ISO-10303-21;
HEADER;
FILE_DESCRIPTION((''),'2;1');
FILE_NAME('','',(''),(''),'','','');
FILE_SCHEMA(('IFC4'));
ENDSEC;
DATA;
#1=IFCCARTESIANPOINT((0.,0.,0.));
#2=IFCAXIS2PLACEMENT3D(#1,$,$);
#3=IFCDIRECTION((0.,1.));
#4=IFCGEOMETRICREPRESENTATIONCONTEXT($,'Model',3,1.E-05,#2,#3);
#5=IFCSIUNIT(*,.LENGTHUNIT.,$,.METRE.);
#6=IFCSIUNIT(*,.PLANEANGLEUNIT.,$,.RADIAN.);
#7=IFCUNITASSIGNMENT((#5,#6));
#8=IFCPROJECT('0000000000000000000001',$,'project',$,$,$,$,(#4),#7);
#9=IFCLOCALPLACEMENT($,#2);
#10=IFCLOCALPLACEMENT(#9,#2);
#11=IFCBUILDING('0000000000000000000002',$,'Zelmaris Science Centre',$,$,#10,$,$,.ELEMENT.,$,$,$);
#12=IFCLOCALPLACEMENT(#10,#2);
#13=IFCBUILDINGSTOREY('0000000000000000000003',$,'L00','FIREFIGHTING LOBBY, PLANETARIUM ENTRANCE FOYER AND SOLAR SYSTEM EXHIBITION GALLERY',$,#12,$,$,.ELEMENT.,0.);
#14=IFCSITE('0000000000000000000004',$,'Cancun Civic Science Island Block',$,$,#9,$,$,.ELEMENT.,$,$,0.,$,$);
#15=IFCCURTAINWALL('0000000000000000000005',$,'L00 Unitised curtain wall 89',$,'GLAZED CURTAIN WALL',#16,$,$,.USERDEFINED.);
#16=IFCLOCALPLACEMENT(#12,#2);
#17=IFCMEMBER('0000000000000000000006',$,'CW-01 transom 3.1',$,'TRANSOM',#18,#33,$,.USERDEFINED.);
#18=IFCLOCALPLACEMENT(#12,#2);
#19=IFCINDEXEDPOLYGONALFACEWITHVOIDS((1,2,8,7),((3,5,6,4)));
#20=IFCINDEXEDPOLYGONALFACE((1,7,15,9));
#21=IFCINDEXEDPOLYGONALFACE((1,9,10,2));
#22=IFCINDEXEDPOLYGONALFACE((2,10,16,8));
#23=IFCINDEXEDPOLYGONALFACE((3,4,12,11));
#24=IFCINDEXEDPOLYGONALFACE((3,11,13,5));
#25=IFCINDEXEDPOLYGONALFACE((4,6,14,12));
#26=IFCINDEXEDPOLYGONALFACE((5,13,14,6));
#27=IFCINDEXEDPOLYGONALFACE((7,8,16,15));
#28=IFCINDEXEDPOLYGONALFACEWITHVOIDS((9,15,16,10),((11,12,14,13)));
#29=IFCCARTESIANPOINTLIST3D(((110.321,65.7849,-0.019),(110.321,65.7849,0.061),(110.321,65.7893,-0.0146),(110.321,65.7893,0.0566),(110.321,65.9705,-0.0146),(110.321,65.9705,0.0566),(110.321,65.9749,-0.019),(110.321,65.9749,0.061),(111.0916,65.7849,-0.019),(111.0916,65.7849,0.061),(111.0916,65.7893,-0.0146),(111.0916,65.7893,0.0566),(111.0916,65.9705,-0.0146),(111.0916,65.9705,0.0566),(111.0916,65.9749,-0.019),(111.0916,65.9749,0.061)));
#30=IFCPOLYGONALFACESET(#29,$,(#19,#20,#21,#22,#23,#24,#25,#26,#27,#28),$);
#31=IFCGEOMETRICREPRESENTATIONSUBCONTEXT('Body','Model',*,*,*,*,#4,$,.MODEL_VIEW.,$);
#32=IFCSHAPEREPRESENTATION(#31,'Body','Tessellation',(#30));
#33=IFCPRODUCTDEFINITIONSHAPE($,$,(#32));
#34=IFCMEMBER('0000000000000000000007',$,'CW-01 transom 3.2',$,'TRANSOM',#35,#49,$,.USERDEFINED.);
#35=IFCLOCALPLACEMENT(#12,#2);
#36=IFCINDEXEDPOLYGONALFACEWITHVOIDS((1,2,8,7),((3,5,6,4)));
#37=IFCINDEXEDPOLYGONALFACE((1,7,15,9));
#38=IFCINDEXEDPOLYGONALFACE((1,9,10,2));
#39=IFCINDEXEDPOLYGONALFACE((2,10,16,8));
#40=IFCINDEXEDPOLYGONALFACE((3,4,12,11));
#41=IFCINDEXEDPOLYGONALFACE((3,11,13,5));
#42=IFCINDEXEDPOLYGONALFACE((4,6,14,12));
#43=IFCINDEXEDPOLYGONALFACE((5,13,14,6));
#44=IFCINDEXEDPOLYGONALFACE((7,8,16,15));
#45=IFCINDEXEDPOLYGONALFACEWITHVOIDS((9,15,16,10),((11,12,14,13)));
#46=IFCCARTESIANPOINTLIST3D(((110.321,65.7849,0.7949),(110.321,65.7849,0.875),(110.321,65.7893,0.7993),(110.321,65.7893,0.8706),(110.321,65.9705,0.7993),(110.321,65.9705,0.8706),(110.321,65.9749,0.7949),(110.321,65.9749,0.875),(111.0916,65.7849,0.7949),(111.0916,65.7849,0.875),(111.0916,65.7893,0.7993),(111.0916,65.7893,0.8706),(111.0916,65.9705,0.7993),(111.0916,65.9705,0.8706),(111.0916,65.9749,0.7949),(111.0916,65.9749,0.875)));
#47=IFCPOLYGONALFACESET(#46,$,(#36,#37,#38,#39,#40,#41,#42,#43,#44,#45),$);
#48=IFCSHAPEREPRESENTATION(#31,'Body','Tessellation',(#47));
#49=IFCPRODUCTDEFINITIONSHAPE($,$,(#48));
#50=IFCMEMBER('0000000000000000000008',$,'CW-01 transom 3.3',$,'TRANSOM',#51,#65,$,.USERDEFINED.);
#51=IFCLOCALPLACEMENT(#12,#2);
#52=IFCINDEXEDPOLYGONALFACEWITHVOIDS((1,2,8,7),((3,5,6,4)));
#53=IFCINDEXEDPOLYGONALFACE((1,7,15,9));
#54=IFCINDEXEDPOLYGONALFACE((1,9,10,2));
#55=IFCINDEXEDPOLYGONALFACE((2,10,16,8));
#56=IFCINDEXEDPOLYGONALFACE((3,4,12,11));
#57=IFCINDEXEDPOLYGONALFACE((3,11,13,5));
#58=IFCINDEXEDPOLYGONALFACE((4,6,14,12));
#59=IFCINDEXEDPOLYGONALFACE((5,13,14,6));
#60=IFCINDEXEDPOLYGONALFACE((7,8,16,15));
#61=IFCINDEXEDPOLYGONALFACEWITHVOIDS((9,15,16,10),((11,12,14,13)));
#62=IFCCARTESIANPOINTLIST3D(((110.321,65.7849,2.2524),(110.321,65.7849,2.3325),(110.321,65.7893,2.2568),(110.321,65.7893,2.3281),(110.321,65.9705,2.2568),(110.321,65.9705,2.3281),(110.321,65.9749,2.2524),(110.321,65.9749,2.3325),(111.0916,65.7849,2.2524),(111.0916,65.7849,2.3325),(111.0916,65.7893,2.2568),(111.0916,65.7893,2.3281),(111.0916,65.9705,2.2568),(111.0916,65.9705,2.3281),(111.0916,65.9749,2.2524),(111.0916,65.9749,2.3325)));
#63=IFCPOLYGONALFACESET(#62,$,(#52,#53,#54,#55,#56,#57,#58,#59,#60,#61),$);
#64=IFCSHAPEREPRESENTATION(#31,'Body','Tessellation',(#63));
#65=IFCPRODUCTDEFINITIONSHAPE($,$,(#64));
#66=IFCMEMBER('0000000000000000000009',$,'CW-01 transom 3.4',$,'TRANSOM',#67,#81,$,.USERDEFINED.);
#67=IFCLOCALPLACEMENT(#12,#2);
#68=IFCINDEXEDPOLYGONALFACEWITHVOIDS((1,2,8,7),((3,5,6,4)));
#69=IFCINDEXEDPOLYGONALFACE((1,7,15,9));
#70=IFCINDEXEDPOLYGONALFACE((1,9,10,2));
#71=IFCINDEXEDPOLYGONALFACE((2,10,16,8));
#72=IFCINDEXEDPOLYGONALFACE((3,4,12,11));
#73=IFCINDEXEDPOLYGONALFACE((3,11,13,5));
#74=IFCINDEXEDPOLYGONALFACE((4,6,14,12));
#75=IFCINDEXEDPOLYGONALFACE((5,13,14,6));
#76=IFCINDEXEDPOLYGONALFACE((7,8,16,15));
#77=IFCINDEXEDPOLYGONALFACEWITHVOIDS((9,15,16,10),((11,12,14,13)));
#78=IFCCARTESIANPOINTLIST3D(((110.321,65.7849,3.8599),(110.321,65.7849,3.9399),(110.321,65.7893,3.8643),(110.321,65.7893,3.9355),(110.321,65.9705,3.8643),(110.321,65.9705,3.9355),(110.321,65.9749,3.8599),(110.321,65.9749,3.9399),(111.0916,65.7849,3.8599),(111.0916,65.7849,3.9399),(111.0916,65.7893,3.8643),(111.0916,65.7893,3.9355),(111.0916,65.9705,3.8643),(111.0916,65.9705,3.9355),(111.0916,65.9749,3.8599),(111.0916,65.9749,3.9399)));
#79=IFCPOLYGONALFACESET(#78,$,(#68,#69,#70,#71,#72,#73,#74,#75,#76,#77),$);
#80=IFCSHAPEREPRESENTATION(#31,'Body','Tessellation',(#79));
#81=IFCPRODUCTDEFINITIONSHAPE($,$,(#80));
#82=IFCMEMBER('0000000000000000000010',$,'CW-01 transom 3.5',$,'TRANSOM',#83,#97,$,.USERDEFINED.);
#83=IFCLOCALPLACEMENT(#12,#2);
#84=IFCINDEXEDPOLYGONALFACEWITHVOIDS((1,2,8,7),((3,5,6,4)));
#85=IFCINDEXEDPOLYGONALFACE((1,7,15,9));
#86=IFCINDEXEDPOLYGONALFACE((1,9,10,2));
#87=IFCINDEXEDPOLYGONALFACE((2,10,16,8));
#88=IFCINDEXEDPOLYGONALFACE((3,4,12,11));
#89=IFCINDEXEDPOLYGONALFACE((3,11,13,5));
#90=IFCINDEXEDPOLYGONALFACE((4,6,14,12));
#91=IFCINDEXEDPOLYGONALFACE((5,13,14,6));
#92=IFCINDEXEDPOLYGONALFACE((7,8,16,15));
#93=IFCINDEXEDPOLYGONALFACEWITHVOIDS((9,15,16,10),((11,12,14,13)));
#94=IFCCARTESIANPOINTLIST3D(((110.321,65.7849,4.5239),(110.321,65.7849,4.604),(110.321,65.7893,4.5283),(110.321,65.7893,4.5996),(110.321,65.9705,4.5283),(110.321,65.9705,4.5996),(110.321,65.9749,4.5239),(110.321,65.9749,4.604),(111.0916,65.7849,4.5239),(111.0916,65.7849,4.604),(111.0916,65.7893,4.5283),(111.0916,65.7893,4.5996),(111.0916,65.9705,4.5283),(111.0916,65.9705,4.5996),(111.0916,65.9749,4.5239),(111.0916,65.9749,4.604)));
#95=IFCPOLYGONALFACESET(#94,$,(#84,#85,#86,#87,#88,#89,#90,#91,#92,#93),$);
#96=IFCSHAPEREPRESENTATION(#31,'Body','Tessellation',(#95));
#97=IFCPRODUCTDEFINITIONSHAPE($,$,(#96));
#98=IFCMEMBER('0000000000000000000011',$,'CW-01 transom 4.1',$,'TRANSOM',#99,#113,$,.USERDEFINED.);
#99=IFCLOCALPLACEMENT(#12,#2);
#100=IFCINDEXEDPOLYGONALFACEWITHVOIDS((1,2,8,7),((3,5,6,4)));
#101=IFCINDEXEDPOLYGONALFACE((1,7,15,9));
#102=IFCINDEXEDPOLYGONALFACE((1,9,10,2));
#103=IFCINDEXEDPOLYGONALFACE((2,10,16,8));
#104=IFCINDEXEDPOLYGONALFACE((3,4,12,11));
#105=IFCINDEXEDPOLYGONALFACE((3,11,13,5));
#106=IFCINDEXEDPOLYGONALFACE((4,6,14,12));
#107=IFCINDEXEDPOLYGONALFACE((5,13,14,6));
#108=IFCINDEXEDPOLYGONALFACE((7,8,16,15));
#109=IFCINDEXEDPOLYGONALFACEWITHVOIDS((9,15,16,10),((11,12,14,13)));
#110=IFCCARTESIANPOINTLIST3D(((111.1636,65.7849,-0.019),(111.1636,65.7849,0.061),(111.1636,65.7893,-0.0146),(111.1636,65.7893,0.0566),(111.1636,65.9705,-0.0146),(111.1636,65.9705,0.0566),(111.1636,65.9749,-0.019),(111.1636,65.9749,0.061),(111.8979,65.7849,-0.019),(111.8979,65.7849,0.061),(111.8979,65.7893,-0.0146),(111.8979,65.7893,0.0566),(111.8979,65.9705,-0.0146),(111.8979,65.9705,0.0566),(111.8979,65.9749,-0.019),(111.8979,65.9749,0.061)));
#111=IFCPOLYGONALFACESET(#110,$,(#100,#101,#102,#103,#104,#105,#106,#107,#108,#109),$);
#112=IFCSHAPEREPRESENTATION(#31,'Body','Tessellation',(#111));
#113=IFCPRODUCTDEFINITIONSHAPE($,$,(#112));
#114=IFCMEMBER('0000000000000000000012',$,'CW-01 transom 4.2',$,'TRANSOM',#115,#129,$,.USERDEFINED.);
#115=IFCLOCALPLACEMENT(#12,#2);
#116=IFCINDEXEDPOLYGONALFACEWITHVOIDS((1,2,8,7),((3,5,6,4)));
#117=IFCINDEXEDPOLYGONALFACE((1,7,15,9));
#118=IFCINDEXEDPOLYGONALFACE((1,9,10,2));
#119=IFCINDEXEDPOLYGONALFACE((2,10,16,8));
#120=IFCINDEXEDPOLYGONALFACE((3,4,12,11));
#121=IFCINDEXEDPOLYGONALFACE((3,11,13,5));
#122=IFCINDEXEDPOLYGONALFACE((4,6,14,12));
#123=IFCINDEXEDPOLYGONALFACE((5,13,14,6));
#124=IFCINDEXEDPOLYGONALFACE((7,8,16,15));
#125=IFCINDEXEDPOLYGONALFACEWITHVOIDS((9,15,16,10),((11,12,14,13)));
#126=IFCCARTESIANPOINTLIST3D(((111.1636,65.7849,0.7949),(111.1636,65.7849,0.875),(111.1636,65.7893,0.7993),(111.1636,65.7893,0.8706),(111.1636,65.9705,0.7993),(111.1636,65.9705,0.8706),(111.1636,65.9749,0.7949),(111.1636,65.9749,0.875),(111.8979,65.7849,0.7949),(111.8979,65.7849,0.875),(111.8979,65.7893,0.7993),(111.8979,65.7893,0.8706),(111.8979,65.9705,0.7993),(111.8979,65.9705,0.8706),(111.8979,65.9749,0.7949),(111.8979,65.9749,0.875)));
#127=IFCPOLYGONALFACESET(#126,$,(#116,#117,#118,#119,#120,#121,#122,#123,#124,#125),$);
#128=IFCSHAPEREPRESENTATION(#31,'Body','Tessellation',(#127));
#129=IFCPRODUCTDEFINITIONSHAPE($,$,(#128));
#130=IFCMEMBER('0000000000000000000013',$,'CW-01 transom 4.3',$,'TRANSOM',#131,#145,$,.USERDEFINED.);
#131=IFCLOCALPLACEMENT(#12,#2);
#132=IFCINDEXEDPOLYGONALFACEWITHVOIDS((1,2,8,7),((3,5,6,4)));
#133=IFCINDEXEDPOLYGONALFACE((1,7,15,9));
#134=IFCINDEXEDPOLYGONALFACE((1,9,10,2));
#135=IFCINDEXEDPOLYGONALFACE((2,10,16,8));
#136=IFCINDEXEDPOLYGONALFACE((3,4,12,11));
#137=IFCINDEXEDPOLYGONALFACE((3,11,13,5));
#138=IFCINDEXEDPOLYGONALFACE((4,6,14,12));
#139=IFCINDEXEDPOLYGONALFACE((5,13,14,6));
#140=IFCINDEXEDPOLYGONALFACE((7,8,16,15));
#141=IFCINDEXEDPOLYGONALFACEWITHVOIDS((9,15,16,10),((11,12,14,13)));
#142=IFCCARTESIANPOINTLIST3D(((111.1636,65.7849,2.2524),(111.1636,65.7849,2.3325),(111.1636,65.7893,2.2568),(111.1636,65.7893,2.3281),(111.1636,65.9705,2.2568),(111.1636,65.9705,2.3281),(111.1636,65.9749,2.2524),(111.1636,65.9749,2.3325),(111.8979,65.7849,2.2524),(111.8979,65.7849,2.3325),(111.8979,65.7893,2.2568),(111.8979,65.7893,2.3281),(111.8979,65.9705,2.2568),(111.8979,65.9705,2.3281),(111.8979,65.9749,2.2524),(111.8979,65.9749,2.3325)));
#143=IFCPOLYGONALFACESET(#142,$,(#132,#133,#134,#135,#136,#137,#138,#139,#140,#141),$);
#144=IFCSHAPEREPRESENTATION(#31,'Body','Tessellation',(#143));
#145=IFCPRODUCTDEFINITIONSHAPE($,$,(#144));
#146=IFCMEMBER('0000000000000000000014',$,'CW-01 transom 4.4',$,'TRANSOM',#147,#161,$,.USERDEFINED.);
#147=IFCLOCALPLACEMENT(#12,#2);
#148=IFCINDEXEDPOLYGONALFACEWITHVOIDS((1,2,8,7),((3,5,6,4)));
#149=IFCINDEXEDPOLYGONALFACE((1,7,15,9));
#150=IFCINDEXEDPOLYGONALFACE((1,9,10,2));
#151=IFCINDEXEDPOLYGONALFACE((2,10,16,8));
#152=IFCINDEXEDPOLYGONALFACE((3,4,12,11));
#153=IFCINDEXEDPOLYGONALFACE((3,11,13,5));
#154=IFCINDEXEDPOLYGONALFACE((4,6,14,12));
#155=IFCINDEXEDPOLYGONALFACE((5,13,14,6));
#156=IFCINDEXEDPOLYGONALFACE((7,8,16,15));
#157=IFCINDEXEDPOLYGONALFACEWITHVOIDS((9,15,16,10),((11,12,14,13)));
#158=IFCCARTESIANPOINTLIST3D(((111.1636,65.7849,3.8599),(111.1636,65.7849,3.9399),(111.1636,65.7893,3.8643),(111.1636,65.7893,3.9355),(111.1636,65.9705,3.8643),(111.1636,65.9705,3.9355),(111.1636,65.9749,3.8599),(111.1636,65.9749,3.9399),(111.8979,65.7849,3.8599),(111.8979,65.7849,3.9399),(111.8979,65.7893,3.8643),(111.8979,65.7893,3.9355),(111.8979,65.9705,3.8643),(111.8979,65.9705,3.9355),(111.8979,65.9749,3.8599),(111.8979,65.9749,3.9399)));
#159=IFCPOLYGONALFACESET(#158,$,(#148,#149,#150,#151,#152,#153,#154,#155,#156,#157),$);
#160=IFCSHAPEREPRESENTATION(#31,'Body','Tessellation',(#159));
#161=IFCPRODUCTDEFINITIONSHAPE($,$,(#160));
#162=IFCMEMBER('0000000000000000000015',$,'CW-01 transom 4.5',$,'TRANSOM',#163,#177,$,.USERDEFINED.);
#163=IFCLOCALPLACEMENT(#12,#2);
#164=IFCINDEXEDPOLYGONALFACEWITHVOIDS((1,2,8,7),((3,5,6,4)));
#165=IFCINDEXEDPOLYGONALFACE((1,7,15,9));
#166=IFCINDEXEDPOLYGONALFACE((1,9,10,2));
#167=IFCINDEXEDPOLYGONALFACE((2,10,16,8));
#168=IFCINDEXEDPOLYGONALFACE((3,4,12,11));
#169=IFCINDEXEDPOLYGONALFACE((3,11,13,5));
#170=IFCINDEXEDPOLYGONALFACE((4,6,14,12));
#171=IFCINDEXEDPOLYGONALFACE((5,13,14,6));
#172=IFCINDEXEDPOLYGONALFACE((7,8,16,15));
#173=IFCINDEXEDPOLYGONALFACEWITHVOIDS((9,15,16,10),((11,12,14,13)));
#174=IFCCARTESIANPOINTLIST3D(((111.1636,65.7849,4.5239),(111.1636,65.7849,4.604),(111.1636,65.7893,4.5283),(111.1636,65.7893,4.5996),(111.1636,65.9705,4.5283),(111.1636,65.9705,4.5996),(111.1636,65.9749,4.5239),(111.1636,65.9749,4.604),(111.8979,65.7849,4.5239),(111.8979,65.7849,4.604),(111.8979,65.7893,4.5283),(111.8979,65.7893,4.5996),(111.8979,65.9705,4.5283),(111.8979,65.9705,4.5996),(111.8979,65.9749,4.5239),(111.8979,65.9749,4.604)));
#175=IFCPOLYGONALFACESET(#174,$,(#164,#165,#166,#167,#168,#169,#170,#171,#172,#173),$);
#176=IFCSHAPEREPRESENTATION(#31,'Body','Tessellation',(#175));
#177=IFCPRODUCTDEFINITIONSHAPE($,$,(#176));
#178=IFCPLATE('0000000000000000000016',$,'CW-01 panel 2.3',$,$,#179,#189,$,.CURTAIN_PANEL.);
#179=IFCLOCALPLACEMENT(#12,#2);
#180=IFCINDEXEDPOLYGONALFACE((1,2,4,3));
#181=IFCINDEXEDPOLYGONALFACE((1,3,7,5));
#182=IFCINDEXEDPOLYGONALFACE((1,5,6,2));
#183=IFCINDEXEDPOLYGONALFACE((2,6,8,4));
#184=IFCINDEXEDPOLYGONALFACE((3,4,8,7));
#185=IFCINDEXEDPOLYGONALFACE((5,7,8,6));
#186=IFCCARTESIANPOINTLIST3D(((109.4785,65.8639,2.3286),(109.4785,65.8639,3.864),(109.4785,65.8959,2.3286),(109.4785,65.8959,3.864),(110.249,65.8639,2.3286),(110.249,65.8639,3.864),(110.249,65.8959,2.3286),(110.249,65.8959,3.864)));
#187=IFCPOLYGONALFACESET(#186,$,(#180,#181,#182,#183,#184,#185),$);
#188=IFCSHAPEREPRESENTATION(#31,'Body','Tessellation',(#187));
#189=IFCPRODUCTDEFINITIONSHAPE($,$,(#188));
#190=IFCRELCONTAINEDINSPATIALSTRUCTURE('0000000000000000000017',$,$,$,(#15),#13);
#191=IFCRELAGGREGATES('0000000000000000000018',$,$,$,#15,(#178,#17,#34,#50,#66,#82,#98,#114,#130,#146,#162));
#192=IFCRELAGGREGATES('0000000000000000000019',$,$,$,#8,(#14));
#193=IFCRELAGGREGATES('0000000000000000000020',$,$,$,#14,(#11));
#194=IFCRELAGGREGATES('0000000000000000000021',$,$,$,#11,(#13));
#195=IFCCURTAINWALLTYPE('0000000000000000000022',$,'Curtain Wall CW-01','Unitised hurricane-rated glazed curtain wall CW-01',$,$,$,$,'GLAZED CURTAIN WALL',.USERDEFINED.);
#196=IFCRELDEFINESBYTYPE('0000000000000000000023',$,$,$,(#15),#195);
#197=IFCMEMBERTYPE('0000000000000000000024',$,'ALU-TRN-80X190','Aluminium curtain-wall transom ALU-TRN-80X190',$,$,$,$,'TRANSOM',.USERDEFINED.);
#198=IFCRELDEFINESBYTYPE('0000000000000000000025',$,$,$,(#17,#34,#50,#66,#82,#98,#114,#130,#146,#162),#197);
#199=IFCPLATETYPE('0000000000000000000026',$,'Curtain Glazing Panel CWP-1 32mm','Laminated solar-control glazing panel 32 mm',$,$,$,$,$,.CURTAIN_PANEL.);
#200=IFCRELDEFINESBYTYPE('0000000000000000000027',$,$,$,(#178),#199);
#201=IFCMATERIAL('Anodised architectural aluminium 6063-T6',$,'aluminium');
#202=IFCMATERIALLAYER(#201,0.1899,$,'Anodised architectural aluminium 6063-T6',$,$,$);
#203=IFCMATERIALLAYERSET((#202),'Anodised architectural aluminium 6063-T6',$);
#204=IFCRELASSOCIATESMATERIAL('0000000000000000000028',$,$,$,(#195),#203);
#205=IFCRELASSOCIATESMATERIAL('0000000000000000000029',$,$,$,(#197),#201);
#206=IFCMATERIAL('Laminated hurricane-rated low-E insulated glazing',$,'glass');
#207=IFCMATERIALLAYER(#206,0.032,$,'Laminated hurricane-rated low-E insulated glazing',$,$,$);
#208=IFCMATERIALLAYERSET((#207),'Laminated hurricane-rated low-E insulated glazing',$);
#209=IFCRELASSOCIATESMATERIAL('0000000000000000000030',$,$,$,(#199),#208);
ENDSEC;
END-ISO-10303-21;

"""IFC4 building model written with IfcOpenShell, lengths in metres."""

from ifc_helpers import new_model, si_unit, direction, frame, origin, origin_2d, place, context, subcontext, project, spatial, rectangle, hollow_rectangle, extrude, material, layer, layer_set, material_profile, profile_set, type_object, element, aggregate, save


model = new_model("IFC4")

# Units and contexts
model_context = context("Model", 3, precision=1e-05, world=origin(), true_north=direction((0.0, 1.0)))
body_context = subcontext(model_context, "Body", "Model", "MODEL_VIEW")
ifc_project = project(units=[si_unit("LENGTHUNIT", "METRE"), si_unit("PLANEANGLEUNIT", "RADIAN")], contexts=[model_context])

# Site, building, storey
site_placement = place(None, origin())
site = spatial("IfcSite", under=ifc_project, at=site_placement, Name="Cancun Civic Science Island Block", CompositionType="ELEMENT", RefElevation=0.0)
building_placement = place(site_placement, origin())
building = spatial("IfcBuilding", under=site, at=building_placement, Name="Zelmaris Science Centre", CompositionType="ELEMENT")
storey_placement = place(building_placement, origin())
storey = spatial("IfcBuildingStorey", under=building, at=storey_placement, Name="L00", Description="FIREFIGHTING LOBBY, PLANETARIUM ENTRANCE FOYER AND SOLAR SYSTEM EXHIBITION GALLERY", CompositionType="ELEMENT", Elevation=0.0)

# Curtain wall
ifc_material_1 = material(Name="Anodised architectural aluminium 6063-T6", Category="aluminium")
ifc_layer_1 = layer(ifc_material_1, 0.1899, Name="Anodised architectural aluminium 6063-T6")
ifc_layer_set_1 = layer_set([ifc_layer_1], Name="Anodised architectural aluminium 6063-T6")
curtain_wall_type_1 = type_object("IfcCurtainWallType", Name="Curtain Wall CW-01", Description="Unitised hurricane-rated glazed curtain wall CW-01", ElementType="GLAZED CURTAIN WALL", PredefinedType="USERDEFINED", material=ifc_layer_set_1)
curtain_wall_1_placement = place(storey_placement, origin())
curtain_wall_1 = element("IfcCurtainWall", 1, at=curtain_wall_1_placement, inside=storey, type_object=curtain_wall_type_1, Name="L00 Unitised curtain wall 89", ObjectType="GLAZED CURTAIN WALL", PredefinedType="USERDEFINED")

# Members
ifc_material_profile_1 = material_profile(ifc_material_1, hollow_rectangle(XDim=0.0801, YDim=0.1899, WallThickness=0.0044, at=origin_2d()), Name="ALU-TRN-80X190")
ifc_profile_set_1 = profile_set([ifc_material_profile_1], Name="Anodised architectural aluminium 6063-T6")
member_type_1 = type_object("IfcMemberType", Name="ALU-TRN-80X190", Description="Aluminium curtain-wall transom ALU-TRN-80X190", ElementType="TRANSOM", PredefinedType="USERDEFINED", material=ifc_profile_set_1)
member_1_placement = place(storey_placement, frame((110.321, 65.8799, 0.021), z_axis=(1.0, 0.0, 0.0), x_axis=(0.0, 0.0, 1.0)))
member_1 = element("IfcMember", 2, at=member_1_placement, type_object=member_type_1, Name="CW-01 transom 3.1", ObjectType="TRANSOM", PredefinedType="USERDEFINED", context=body_context, shape_type="SweptSolid", body=[
    extrude(hollow_rectangle(XDim=0.0801, YDim=0.1899, WallThickness=0.0044, at=origin_2d()), origin(), (0.0, 0.0, 1.0), 0.7705),
])
member_2_placement = place(storey_placement, frame((110.321, 65.8799, 0.835), z_axis=(1.0, 0.0, 0.0), x_axis=(0.0, 0.0, 1.0)))
member_2 = element("IfcMember", 3, at=member_2_placement, type_object=member_type_1, Name="CW-01 transom 3.2", ObjectType="TRANSOM", PredefinedType="USERDEFINED", context=body_context, shape_type="SweptSolid", body=[
    extrude(hollow_rectangle(XDim=0.0801, YDim=0.1899, WallThickness=0.0044, at=origin_2d()), origin(), (0.0, 0.0, 1.0), 0.7705),
])
member_3_placement = place(storey_placement, frame((110.321, 65.8799, 2.2925), z_axis=(1.0, 0.0, 0.0), x_axis=(0.0, 0.0, 1.0)))
member_3 = element("IfcMember", 4, at=member_3_placement, type_object=member_type_1, Name="CW-01 transom 3.3", ObjectType="TRANSOM", PredefinedType="USERDEFINED", context=body_context, shape_type="SweptSolid", body=[
    extrude(hollow_rectangle(XDim=0.0801, YDim=0.1899, WallThickness=0.0044, at=origin_2d()), origin(), (0.0, 0.0, 1.0), 0.7705),
])
member_4_placement = place(storey_placement, frame((110.321, 65.8799, 3.8999), z_axis=(1.0, 0.0, 0.0), x_axis=(0.0, 0.0, 1.0)))
member_4 = element("IfcMember", 5, at=member_4_placement, type_object=member_type_1, Name="CW-01 transom 3.4", ObjectType="TRANSOM", PredefinedType="USERDEFINED", context=body_context, shape_type="SweptSolid", body=[
    extrude(hollow_rectangle(XDim=0.0801, YDim=0.1899, WallThickness=0.0044, at=origin_2d()), origin(), (0.0, 0.0, 1.0), 0.7705),
])
member_5_placement = place(storey_placement, frame((110.321, 65.8799, 4.564), z_axis=(1.0, 0.0, 0.0), x_axis=(0.0, 0.0, 1.0)))
member_5 = element("IfcMember", 6, at=member_5_placement, type_object=member_type_1, Name="CW-01 transom 3.5", ObjectType="TRANSOM", PredefinedType="USERDEFINED", context=body_context, shape_type="SweptSolid", body=[
    extrude(hollow_rectangle(XDim=0.0801, YDim=0.1899, WallThickness=0.0044, at=origin_2d()), origin(), (0.0, 0.0, 1.0), 0.7705),
])
member_6_placement = place(storey_placement, frame((111.1636, 65.8799, 0.021), z_axis=(1.0, 0.0, 0.0), x_axis=(0.0, 0.0, 1.0)))
member_6 = element("IfcMember", 7, at=member_6_placement, type_object=member_type_1, Name="CW-01 transom 4.1", ObjectType="TRANSOM", PredefinedType="USERDEFINED", context=body_context, shape_type="SweptSolid", body=[
    extrude(hollow_rectangle(XDim=0.0801, YDim=0.1899, WallThickness=0.0044, at=origin_2d()), origin(), (0.0, 0.0, 1.0), 0.7344),
])
member_7_placement = place(storey_placement, frame((111.1636, 65.8799, 0.835), z_axis=(1.0, 0.0, 0.0), x_axis=(0.0, 0.0, 1.0)))
member_7 = element("IfcMember", 8, at=member_7_placement, type_object=member_type_1, Name="CW-01 transom 4.2", ObjectType="TRANSOM", PredefinedType="USERDEFINED", context=body_context, shape_type="SweptSolid", body=[
    extrude(hollow_rectangle(XDim=0.0801, YDim=0.1899, WallThickness=0.0044, at=origin_2d()), origin(), (0.0, 0.0, 1.0), 0.7344),
])
member_8_placement = place(storey_placement, frame((111.1636, 65.8799, 2.2925), z_axis=(1.0, 0.0, 0.0), x_axis=(0.0, 0.0, 1.0)))
member_8 = element("IfcMember", 9, at=member_8_placement, type_object=member_type_1, Name="CW-01 transom 4.3", ObjectType="TRANSOM", PredefinedType="USERDEFINED", context=body_context, shape_type="SweptSolid", body=[
    extrude(hollow_rectangle(XDim=0.0801, YDim=0.1899, WallThickness=0.0044, at=origin_2d()), origin(), (0.0, 0.0, 1.0), 0.7344),
])
member_9_placement = place(storey_placement, frame((111.1636, 65.8799, 3.8999), z_axis=(1.0, 0.0, 0.0), x_axis=(0.0, 0.0, 1.0)))
member_9 = element("IfcMember", 10, at=member_9_placement, type_object=member_type_1, Name="CW-01 transom 4.4", ObjectType="TRANSOM", PredefinedType="USERDEFINED", context=body_context, shape_type="SweptSolid", body=[
    extrude(hollow_rectangle(XDim=0.0801, YDim=0.1899, WallThickness=0.0044, at=origin_2d()), origin(), (0.0, 0.0, 1.0), 0.7344),
])
member_10_placement = place(storey_placement, frame((111.1636, 65.8799, 4.564), z_axis=(1.0, 0.0, 0.0), x_axis=(0.0, 0.0, 1.0)))
member_10 = element("IfcMember", 11, at=member_10_placement, type_object=member_type_1, Name="CW-01 transom 4.5", ObjectType="TRANSOM", PredefinedType="USERDEFINED", context=body_context, shape_type="SweptSolid", body=[
    extrude(hollow_rectangle(XDim=0.0801, YDim=0.1899, WallThickness=0.0044, at=origin_2d()), origin(), (0.0, 0.0, 1.0), 0.7344),
])

# Plate
ifc_material_2 = material(Name="Laminated hurricane-rated low-E insulated glazing", Category="glass")
ifc_layer_2 = layer(ifc_material_2, 0.032, Name="Laminated hurricane-rated low-E insulated glazing")
ifc_layer_set_2 = layer_set([ifc_layer_2], Name="Laminated hurricane-rated low-E insulated glazing")
plate_type_1 = type_object("IfcPlateType", Name="Curtain Glazing Panel CWP-1 32mm", Description="Laminated solar-control glazing panel 32 mm", PredefinedType="CURTAIN_PANEL", material=ifc_layer_set_2)
plate_1_placement = place(storey_placement, frame((109.8638, 65.8799, 2.3286), z_axis=(0.0, 0.0, 1.0), x_axis=(1.0, 0.0, 0.0)))
plate_1 = element("IfcPlate", 12, at=plate_1_placement, type_object=plate_type_1, Name="CW-01 panel 2.3", PredefinedType="CURTAIN_PANEL", context=body_context, shape_type="SweptSolid", body=[
    extrude(rectangle(XDim=0.7705, YDim=0.032, at=origin_2d()), origin(), (0.0, 0.0, 1.0), 1.5354),
])
aggregate(curtain_wall_1, [plate_1, member_1, member_2, member_3, member_4, member_5, member_6, member_7, member_8, member_9, member_10])

save(model, "model.ifc")
